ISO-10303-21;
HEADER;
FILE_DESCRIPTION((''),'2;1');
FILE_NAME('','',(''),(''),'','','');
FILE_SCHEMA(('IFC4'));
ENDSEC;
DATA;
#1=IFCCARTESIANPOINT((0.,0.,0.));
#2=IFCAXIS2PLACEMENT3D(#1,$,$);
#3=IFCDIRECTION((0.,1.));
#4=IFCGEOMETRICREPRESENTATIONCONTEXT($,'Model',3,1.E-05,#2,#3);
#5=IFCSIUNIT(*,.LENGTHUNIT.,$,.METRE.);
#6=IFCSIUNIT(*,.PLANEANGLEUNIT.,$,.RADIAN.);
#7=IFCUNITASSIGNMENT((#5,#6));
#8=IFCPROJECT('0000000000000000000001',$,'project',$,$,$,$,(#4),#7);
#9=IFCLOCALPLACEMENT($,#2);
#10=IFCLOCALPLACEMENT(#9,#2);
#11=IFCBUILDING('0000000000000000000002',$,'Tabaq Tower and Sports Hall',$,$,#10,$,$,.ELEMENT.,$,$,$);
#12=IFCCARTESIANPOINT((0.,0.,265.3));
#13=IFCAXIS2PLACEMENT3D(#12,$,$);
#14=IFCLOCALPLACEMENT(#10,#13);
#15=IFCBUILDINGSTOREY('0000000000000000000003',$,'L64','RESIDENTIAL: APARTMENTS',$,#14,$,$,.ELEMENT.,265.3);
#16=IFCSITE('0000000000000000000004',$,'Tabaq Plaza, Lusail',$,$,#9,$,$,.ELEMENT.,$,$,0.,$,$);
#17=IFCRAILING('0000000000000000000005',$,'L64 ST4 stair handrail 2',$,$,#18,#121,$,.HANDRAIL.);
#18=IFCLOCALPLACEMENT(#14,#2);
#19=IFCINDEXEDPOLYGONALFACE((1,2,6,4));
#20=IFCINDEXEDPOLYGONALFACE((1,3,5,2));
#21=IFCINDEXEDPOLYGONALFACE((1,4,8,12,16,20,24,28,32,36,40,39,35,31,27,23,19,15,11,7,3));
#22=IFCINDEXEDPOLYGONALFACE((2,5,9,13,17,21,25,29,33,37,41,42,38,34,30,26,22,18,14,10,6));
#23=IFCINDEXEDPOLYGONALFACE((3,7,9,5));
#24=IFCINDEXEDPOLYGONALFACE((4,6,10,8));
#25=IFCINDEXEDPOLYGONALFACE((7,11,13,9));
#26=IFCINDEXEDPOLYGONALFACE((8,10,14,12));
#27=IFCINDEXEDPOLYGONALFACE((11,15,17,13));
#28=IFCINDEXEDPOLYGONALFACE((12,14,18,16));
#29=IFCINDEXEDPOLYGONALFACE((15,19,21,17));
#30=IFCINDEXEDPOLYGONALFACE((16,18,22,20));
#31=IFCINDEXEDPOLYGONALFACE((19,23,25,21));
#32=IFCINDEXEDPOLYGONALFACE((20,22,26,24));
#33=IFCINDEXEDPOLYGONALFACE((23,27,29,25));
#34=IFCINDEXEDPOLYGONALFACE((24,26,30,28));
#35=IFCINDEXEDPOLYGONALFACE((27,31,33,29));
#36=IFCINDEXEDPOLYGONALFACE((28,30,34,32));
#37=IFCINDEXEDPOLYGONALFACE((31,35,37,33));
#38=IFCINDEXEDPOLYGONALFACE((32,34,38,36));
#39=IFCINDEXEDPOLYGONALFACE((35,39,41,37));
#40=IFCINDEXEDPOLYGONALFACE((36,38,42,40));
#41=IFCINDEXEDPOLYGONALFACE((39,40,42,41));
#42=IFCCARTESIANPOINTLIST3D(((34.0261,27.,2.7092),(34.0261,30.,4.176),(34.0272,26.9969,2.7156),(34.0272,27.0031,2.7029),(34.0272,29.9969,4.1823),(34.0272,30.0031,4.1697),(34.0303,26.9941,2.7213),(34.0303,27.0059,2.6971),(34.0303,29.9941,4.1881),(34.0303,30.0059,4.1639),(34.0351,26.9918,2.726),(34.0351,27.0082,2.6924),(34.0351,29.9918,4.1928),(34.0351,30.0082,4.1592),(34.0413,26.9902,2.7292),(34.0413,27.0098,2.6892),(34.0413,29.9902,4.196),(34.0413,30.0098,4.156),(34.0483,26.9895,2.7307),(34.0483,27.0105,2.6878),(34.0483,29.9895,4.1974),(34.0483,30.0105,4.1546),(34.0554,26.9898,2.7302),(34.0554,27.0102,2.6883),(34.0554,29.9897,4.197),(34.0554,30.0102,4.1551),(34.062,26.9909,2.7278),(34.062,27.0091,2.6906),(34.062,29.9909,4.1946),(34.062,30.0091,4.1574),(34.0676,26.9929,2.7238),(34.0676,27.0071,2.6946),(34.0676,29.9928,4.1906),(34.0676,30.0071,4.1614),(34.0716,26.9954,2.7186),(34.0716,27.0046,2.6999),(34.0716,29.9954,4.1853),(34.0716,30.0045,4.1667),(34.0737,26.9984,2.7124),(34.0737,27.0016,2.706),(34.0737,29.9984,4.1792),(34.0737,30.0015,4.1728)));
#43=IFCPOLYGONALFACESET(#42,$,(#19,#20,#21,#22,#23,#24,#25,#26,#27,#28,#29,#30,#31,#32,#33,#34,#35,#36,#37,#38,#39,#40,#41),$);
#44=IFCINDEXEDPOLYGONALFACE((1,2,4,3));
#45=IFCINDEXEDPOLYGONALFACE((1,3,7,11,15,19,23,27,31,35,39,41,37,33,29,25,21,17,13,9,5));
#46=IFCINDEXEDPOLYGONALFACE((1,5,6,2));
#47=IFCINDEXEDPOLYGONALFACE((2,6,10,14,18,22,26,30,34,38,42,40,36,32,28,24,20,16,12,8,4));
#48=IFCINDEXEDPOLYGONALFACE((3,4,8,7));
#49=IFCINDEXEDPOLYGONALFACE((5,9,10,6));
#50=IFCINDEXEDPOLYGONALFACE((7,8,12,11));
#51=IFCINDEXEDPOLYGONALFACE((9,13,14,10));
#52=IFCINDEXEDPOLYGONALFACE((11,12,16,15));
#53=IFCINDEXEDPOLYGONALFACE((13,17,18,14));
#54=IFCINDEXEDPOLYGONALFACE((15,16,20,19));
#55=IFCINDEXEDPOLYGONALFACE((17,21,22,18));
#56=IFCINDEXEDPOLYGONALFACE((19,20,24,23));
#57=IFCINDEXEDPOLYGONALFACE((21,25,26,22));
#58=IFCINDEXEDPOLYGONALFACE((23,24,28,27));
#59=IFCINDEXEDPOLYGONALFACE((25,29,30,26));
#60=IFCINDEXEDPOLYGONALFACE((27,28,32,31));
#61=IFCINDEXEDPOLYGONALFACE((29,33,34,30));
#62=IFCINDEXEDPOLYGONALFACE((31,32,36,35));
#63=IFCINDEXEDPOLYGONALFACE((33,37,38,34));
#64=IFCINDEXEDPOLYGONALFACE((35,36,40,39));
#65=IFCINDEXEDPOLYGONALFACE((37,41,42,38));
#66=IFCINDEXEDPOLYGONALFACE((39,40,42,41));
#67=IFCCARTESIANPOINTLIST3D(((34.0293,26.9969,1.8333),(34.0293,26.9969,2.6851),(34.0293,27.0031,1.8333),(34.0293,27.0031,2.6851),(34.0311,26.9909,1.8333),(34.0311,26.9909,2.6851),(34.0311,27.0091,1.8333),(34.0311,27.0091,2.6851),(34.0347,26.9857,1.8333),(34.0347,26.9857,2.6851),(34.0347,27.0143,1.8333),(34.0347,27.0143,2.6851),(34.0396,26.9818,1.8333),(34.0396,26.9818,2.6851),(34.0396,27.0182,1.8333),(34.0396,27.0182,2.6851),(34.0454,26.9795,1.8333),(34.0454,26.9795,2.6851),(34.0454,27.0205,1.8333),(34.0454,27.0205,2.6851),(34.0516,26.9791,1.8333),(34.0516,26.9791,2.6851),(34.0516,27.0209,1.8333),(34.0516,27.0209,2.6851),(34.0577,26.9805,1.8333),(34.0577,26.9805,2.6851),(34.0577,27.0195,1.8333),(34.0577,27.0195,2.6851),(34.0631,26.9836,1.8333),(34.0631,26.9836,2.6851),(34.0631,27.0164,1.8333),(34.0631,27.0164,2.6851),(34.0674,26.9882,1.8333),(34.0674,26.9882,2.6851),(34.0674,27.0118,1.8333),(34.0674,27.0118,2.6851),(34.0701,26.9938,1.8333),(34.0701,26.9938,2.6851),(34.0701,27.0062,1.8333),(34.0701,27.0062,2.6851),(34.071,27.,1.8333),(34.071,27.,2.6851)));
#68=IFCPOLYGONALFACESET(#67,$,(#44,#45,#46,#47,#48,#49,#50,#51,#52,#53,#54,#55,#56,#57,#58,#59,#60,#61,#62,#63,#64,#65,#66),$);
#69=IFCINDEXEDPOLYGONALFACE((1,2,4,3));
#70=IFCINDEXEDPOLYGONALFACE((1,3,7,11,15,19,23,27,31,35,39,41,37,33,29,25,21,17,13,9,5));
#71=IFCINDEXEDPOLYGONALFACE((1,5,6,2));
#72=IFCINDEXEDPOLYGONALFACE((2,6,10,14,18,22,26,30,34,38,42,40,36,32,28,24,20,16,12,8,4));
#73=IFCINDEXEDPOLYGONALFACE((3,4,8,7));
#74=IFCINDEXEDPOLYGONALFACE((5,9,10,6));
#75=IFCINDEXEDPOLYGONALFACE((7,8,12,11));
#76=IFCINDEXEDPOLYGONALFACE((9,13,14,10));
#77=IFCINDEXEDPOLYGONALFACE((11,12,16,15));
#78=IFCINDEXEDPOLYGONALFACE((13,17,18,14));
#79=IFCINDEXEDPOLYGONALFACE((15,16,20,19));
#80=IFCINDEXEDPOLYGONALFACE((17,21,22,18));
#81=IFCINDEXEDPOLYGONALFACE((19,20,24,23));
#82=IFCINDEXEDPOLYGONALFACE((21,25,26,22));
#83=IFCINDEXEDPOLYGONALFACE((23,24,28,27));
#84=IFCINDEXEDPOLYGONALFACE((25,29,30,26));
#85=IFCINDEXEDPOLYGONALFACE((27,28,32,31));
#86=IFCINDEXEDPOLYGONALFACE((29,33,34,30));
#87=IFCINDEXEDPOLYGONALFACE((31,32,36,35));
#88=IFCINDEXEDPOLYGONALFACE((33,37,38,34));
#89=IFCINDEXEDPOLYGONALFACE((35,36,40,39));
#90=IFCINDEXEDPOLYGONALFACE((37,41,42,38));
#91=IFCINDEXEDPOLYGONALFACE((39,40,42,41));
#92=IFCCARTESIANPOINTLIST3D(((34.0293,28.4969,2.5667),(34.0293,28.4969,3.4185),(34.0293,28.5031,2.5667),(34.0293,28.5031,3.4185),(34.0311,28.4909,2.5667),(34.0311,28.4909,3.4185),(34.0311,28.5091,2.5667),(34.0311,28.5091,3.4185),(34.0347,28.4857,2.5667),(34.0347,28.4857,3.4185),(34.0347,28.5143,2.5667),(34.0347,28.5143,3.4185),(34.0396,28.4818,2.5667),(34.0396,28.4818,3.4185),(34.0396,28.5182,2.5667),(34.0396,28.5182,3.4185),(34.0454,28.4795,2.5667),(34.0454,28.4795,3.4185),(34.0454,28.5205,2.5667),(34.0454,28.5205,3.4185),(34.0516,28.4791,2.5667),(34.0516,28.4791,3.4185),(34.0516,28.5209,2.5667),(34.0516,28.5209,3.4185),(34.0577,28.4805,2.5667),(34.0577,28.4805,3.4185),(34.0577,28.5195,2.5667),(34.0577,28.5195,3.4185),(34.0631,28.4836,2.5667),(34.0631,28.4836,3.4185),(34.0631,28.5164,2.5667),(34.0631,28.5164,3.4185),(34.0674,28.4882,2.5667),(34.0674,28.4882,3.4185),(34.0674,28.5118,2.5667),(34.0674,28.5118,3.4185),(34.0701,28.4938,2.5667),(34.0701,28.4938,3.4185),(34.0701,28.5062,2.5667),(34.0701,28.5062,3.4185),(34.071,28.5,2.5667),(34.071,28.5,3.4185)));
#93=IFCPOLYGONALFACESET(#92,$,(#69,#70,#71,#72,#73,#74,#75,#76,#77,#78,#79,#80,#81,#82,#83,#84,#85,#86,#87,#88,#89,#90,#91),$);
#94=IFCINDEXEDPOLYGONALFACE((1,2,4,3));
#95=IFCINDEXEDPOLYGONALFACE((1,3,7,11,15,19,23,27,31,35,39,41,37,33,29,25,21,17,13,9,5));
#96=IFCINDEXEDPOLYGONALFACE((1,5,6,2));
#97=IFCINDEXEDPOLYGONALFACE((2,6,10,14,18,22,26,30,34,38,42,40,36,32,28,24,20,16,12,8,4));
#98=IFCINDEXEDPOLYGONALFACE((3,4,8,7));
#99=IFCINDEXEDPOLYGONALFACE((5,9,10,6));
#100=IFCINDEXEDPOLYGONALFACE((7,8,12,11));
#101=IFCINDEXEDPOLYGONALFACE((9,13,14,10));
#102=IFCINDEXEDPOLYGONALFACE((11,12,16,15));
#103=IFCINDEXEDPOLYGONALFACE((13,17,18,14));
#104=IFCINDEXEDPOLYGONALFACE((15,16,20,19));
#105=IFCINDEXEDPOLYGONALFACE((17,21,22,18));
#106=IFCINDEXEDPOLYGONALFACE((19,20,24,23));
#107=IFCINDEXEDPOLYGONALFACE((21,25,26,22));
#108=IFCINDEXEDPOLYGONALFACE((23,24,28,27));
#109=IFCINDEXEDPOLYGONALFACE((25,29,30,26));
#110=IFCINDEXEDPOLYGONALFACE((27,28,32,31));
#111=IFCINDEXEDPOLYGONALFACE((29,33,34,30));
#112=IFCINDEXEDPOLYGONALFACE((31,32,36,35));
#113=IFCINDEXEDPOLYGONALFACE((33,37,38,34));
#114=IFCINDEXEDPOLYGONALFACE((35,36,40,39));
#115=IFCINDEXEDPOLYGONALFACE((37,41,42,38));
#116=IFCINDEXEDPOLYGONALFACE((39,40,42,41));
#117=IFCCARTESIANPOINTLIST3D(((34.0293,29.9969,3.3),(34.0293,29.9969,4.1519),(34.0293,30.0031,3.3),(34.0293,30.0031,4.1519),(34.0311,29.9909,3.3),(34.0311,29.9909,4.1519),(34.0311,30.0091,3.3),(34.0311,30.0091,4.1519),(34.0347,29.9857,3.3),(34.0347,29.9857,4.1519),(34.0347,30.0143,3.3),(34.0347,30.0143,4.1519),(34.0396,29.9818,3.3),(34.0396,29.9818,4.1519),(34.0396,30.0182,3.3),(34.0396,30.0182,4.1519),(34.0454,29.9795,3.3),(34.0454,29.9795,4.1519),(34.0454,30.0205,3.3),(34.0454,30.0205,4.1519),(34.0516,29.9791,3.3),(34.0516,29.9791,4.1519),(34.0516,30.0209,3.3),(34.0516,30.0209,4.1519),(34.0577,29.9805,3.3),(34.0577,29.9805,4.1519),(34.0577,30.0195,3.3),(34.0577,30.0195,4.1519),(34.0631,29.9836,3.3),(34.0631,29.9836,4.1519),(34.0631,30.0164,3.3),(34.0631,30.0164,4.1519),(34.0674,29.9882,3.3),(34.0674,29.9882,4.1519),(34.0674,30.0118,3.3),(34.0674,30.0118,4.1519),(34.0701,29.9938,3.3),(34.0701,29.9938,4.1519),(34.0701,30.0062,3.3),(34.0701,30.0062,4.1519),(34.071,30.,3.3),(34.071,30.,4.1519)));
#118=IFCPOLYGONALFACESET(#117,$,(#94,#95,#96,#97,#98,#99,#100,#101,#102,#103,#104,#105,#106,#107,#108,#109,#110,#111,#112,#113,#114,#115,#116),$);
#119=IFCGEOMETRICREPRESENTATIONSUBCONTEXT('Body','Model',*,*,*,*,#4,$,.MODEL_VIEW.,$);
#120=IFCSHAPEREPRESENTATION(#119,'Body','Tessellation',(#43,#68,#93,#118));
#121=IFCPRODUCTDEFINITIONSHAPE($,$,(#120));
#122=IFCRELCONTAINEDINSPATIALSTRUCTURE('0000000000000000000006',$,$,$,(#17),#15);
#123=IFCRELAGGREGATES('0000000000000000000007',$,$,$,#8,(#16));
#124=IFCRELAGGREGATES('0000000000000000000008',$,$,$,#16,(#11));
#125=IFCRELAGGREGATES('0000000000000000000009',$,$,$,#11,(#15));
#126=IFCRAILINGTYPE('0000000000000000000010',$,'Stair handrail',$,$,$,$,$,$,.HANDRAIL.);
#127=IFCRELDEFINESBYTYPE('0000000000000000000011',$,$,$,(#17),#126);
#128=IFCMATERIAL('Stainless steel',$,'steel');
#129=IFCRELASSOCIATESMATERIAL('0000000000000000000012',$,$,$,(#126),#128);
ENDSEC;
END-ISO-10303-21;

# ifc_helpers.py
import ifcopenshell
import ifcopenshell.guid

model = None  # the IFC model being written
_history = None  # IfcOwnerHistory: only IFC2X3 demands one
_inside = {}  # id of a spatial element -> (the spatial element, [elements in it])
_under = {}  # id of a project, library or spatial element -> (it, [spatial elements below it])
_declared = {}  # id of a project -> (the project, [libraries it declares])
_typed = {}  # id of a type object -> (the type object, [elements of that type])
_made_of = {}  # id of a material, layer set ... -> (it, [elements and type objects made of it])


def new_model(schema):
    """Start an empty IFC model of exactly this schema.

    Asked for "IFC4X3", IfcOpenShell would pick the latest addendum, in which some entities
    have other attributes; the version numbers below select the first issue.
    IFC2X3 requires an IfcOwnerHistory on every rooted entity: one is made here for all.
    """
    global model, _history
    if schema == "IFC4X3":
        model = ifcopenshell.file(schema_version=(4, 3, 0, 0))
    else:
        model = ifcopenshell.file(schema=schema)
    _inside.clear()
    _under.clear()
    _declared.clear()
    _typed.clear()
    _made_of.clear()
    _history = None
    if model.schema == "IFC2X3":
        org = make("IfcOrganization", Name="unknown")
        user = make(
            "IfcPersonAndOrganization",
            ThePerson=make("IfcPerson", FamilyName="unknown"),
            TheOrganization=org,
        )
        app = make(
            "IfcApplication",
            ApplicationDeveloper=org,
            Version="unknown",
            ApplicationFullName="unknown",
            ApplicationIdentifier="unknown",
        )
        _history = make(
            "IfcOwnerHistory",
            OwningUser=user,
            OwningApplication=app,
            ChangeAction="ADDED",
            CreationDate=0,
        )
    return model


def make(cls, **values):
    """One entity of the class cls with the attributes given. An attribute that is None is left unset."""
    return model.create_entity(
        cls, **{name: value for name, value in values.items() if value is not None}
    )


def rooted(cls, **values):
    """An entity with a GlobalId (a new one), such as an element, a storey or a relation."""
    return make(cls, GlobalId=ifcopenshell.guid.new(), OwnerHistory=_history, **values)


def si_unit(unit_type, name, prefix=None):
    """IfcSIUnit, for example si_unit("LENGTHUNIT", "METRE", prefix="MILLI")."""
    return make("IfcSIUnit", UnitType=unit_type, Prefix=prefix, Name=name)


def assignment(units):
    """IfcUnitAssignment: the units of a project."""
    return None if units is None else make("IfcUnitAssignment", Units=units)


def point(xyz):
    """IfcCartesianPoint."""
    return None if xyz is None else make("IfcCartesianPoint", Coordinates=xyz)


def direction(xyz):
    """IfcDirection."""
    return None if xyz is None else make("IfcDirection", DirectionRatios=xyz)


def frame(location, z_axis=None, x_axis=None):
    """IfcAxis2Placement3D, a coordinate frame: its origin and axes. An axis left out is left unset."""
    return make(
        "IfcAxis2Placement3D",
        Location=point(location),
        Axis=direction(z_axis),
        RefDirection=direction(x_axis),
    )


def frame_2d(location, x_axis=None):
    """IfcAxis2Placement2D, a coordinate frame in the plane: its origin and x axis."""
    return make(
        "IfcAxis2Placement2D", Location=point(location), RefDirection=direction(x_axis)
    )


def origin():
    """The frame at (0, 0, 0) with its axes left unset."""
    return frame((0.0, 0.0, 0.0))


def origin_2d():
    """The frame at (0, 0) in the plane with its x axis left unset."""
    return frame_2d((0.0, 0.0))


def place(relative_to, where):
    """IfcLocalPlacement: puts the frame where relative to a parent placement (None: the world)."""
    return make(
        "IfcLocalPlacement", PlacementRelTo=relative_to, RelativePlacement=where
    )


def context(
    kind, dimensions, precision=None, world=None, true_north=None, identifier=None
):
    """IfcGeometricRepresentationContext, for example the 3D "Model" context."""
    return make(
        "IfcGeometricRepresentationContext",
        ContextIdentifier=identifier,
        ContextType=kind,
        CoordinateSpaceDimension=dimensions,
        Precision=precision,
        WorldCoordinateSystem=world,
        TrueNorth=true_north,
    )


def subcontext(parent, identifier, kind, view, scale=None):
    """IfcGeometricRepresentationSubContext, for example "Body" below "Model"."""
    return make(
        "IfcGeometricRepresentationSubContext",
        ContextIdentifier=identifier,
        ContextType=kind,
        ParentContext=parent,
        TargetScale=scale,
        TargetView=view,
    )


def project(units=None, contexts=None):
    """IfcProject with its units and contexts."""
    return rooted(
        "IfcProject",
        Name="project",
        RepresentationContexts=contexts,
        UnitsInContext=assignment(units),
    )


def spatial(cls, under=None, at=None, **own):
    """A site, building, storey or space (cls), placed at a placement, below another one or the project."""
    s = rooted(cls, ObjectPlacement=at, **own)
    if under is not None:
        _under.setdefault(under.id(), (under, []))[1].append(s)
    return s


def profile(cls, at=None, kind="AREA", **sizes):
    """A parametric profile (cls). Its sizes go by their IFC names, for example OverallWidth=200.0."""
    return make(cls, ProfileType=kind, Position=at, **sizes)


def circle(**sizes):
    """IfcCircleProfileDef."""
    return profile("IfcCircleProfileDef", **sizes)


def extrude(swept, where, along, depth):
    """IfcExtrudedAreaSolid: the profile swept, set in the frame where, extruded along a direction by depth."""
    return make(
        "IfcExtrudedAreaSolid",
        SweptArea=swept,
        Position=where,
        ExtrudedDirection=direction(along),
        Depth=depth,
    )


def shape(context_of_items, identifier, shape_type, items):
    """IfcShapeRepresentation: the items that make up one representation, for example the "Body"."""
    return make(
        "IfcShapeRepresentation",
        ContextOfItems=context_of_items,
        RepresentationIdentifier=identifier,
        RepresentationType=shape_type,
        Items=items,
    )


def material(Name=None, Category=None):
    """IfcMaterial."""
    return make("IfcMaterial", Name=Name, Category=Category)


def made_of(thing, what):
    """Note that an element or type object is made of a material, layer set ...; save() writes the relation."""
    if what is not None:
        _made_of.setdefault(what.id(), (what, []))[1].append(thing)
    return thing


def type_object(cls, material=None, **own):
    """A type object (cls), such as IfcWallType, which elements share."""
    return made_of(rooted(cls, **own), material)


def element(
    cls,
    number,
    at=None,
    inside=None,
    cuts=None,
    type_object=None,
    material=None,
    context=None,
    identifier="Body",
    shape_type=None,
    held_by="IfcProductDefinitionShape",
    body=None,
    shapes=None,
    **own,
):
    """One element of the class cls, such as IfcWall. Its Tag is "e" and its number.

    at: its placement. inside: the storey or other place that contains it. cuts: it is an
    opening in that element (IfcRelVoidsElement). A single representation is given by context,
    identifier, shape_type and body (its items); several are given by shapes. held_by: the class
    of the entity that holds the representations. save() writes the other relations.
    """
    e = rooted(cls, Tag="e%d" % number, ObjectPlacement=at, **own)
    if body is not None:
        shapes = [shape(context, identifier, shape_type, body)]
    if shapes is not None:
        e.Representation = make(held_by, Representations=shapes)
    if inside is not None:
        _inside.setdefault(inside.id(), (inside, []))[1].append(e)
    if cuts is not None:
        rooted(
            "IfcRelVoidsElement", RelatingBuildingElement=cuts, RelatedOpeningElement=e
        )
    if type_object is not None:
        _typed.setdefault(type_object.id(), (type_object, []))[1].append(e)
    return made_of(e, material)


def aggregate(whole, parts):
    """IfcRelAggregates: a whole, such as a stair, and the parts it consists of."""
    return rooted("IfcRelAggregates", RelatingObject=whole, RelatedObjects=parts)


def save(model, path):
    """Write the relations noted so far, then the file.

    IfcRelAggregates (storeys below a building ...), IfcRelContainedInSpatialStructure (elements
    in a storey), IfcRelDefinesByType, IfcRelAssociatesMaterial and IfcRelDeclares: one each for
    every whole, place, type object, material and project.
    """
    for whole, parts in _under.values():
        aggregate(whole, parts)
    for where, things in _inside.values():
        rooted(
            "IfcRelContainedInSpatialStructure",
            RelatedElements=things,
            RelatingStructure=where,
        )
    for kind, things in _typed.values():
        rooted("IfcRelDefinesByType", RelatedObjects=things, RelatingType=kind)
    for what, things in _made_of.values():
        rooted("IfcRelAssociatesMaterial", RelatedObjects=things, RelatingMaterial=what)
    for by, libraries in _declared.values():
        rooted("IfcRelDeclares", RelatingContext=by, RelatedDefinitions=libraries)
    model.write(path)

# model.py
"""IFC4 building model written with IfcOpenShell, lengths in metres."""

from ifc_helpers import new_model, si_unit, direction, frame, origin, origin_2d, place, context, subcontext, project, spatial, circle, extrude, material, type_object, element, save


model = new_model("IFC4")

# Units and contexts
model_context = context("Model", 3, precision=1e-05, world=origin(), true_north=direction((0.0, 1.0)))
body_context = subcontext(model_context, "Body", "Model", "MODEL_VIEW")
ifc_project = project(units=[si_unit("LENGTHUNIT", "METRE"), si_unit("PLANEANGLEUNIT", "RADIAN")], contexts=[model_context])

# Site, building, storey
site_placement = place(None, origin())
site = spatial("IfcSite", under=ifc_project, at=site_placement, Name="Tabaq Plaza, Lusail", CompositionType="ELEMENT", RefElevation=0.0)
building_placement = place(site_placement, origin())
building = spatial("IfcBuilding", under=site, at=building_placement, Name="Tabaq Tower and Sports Hall", CompositionType="ELEMENT")
storey_placement = place(building_placement, frame((0.0, 0.0, 265.3)))
storey = spatial("IfcBuildingStorey", under=building, at=storey_placement, Name="L64", Description="RESIDENTIAL: APARTMENTS", CompositionType="ELEMENT", Elevation=265.3)

# Railing
ifc_material_1 = material(Name="Stainless steel", Category="steel")
railing_type_1 = type_object("IfcRailingType", Name="Stair handrail", PredefinedType="HANDRAIL", material=ifc_material_1)
railing_1_placement = place(storey_placement, frame((34.05, 27.0, 1.8333)))
element("IfcRailing", 1, at=railing_1_placement, inside=storey, type_object=railing_type_1, Name="L64 ST4 stair handrail 2", PredefinedType="HANDRAIL", context=body_context, shape_type="SweptSolid", body=[
    extrude(circle(Radius=0.0239, at=origin_2d()), frame((0.0, 0.0, 0.876), z_axis=(0.0, 0.898369, 0.439242), x_axis=(-1.0, 0.0, 0.0)), (0.0, 0.0, 1.0), 3.3394),
    extrude(circle(Radius=0.021, at=origin_2d()), origin(), (0.0, 0.0, 1.0), 0.8518),
    extrude(circle(Radius=0.021, at=origin_2d()), frame((0.0, 1.5, 0.7334)), (0.0, 0.0, 1.0), 0.8518),
    extrude(circle(Radius=0.021, at=origin_2d()), frame((0.0, 3.0, 1.4668)), (0.0, 0.0, 1.0), 0.8518),
])

save(model, "model.ifc")
